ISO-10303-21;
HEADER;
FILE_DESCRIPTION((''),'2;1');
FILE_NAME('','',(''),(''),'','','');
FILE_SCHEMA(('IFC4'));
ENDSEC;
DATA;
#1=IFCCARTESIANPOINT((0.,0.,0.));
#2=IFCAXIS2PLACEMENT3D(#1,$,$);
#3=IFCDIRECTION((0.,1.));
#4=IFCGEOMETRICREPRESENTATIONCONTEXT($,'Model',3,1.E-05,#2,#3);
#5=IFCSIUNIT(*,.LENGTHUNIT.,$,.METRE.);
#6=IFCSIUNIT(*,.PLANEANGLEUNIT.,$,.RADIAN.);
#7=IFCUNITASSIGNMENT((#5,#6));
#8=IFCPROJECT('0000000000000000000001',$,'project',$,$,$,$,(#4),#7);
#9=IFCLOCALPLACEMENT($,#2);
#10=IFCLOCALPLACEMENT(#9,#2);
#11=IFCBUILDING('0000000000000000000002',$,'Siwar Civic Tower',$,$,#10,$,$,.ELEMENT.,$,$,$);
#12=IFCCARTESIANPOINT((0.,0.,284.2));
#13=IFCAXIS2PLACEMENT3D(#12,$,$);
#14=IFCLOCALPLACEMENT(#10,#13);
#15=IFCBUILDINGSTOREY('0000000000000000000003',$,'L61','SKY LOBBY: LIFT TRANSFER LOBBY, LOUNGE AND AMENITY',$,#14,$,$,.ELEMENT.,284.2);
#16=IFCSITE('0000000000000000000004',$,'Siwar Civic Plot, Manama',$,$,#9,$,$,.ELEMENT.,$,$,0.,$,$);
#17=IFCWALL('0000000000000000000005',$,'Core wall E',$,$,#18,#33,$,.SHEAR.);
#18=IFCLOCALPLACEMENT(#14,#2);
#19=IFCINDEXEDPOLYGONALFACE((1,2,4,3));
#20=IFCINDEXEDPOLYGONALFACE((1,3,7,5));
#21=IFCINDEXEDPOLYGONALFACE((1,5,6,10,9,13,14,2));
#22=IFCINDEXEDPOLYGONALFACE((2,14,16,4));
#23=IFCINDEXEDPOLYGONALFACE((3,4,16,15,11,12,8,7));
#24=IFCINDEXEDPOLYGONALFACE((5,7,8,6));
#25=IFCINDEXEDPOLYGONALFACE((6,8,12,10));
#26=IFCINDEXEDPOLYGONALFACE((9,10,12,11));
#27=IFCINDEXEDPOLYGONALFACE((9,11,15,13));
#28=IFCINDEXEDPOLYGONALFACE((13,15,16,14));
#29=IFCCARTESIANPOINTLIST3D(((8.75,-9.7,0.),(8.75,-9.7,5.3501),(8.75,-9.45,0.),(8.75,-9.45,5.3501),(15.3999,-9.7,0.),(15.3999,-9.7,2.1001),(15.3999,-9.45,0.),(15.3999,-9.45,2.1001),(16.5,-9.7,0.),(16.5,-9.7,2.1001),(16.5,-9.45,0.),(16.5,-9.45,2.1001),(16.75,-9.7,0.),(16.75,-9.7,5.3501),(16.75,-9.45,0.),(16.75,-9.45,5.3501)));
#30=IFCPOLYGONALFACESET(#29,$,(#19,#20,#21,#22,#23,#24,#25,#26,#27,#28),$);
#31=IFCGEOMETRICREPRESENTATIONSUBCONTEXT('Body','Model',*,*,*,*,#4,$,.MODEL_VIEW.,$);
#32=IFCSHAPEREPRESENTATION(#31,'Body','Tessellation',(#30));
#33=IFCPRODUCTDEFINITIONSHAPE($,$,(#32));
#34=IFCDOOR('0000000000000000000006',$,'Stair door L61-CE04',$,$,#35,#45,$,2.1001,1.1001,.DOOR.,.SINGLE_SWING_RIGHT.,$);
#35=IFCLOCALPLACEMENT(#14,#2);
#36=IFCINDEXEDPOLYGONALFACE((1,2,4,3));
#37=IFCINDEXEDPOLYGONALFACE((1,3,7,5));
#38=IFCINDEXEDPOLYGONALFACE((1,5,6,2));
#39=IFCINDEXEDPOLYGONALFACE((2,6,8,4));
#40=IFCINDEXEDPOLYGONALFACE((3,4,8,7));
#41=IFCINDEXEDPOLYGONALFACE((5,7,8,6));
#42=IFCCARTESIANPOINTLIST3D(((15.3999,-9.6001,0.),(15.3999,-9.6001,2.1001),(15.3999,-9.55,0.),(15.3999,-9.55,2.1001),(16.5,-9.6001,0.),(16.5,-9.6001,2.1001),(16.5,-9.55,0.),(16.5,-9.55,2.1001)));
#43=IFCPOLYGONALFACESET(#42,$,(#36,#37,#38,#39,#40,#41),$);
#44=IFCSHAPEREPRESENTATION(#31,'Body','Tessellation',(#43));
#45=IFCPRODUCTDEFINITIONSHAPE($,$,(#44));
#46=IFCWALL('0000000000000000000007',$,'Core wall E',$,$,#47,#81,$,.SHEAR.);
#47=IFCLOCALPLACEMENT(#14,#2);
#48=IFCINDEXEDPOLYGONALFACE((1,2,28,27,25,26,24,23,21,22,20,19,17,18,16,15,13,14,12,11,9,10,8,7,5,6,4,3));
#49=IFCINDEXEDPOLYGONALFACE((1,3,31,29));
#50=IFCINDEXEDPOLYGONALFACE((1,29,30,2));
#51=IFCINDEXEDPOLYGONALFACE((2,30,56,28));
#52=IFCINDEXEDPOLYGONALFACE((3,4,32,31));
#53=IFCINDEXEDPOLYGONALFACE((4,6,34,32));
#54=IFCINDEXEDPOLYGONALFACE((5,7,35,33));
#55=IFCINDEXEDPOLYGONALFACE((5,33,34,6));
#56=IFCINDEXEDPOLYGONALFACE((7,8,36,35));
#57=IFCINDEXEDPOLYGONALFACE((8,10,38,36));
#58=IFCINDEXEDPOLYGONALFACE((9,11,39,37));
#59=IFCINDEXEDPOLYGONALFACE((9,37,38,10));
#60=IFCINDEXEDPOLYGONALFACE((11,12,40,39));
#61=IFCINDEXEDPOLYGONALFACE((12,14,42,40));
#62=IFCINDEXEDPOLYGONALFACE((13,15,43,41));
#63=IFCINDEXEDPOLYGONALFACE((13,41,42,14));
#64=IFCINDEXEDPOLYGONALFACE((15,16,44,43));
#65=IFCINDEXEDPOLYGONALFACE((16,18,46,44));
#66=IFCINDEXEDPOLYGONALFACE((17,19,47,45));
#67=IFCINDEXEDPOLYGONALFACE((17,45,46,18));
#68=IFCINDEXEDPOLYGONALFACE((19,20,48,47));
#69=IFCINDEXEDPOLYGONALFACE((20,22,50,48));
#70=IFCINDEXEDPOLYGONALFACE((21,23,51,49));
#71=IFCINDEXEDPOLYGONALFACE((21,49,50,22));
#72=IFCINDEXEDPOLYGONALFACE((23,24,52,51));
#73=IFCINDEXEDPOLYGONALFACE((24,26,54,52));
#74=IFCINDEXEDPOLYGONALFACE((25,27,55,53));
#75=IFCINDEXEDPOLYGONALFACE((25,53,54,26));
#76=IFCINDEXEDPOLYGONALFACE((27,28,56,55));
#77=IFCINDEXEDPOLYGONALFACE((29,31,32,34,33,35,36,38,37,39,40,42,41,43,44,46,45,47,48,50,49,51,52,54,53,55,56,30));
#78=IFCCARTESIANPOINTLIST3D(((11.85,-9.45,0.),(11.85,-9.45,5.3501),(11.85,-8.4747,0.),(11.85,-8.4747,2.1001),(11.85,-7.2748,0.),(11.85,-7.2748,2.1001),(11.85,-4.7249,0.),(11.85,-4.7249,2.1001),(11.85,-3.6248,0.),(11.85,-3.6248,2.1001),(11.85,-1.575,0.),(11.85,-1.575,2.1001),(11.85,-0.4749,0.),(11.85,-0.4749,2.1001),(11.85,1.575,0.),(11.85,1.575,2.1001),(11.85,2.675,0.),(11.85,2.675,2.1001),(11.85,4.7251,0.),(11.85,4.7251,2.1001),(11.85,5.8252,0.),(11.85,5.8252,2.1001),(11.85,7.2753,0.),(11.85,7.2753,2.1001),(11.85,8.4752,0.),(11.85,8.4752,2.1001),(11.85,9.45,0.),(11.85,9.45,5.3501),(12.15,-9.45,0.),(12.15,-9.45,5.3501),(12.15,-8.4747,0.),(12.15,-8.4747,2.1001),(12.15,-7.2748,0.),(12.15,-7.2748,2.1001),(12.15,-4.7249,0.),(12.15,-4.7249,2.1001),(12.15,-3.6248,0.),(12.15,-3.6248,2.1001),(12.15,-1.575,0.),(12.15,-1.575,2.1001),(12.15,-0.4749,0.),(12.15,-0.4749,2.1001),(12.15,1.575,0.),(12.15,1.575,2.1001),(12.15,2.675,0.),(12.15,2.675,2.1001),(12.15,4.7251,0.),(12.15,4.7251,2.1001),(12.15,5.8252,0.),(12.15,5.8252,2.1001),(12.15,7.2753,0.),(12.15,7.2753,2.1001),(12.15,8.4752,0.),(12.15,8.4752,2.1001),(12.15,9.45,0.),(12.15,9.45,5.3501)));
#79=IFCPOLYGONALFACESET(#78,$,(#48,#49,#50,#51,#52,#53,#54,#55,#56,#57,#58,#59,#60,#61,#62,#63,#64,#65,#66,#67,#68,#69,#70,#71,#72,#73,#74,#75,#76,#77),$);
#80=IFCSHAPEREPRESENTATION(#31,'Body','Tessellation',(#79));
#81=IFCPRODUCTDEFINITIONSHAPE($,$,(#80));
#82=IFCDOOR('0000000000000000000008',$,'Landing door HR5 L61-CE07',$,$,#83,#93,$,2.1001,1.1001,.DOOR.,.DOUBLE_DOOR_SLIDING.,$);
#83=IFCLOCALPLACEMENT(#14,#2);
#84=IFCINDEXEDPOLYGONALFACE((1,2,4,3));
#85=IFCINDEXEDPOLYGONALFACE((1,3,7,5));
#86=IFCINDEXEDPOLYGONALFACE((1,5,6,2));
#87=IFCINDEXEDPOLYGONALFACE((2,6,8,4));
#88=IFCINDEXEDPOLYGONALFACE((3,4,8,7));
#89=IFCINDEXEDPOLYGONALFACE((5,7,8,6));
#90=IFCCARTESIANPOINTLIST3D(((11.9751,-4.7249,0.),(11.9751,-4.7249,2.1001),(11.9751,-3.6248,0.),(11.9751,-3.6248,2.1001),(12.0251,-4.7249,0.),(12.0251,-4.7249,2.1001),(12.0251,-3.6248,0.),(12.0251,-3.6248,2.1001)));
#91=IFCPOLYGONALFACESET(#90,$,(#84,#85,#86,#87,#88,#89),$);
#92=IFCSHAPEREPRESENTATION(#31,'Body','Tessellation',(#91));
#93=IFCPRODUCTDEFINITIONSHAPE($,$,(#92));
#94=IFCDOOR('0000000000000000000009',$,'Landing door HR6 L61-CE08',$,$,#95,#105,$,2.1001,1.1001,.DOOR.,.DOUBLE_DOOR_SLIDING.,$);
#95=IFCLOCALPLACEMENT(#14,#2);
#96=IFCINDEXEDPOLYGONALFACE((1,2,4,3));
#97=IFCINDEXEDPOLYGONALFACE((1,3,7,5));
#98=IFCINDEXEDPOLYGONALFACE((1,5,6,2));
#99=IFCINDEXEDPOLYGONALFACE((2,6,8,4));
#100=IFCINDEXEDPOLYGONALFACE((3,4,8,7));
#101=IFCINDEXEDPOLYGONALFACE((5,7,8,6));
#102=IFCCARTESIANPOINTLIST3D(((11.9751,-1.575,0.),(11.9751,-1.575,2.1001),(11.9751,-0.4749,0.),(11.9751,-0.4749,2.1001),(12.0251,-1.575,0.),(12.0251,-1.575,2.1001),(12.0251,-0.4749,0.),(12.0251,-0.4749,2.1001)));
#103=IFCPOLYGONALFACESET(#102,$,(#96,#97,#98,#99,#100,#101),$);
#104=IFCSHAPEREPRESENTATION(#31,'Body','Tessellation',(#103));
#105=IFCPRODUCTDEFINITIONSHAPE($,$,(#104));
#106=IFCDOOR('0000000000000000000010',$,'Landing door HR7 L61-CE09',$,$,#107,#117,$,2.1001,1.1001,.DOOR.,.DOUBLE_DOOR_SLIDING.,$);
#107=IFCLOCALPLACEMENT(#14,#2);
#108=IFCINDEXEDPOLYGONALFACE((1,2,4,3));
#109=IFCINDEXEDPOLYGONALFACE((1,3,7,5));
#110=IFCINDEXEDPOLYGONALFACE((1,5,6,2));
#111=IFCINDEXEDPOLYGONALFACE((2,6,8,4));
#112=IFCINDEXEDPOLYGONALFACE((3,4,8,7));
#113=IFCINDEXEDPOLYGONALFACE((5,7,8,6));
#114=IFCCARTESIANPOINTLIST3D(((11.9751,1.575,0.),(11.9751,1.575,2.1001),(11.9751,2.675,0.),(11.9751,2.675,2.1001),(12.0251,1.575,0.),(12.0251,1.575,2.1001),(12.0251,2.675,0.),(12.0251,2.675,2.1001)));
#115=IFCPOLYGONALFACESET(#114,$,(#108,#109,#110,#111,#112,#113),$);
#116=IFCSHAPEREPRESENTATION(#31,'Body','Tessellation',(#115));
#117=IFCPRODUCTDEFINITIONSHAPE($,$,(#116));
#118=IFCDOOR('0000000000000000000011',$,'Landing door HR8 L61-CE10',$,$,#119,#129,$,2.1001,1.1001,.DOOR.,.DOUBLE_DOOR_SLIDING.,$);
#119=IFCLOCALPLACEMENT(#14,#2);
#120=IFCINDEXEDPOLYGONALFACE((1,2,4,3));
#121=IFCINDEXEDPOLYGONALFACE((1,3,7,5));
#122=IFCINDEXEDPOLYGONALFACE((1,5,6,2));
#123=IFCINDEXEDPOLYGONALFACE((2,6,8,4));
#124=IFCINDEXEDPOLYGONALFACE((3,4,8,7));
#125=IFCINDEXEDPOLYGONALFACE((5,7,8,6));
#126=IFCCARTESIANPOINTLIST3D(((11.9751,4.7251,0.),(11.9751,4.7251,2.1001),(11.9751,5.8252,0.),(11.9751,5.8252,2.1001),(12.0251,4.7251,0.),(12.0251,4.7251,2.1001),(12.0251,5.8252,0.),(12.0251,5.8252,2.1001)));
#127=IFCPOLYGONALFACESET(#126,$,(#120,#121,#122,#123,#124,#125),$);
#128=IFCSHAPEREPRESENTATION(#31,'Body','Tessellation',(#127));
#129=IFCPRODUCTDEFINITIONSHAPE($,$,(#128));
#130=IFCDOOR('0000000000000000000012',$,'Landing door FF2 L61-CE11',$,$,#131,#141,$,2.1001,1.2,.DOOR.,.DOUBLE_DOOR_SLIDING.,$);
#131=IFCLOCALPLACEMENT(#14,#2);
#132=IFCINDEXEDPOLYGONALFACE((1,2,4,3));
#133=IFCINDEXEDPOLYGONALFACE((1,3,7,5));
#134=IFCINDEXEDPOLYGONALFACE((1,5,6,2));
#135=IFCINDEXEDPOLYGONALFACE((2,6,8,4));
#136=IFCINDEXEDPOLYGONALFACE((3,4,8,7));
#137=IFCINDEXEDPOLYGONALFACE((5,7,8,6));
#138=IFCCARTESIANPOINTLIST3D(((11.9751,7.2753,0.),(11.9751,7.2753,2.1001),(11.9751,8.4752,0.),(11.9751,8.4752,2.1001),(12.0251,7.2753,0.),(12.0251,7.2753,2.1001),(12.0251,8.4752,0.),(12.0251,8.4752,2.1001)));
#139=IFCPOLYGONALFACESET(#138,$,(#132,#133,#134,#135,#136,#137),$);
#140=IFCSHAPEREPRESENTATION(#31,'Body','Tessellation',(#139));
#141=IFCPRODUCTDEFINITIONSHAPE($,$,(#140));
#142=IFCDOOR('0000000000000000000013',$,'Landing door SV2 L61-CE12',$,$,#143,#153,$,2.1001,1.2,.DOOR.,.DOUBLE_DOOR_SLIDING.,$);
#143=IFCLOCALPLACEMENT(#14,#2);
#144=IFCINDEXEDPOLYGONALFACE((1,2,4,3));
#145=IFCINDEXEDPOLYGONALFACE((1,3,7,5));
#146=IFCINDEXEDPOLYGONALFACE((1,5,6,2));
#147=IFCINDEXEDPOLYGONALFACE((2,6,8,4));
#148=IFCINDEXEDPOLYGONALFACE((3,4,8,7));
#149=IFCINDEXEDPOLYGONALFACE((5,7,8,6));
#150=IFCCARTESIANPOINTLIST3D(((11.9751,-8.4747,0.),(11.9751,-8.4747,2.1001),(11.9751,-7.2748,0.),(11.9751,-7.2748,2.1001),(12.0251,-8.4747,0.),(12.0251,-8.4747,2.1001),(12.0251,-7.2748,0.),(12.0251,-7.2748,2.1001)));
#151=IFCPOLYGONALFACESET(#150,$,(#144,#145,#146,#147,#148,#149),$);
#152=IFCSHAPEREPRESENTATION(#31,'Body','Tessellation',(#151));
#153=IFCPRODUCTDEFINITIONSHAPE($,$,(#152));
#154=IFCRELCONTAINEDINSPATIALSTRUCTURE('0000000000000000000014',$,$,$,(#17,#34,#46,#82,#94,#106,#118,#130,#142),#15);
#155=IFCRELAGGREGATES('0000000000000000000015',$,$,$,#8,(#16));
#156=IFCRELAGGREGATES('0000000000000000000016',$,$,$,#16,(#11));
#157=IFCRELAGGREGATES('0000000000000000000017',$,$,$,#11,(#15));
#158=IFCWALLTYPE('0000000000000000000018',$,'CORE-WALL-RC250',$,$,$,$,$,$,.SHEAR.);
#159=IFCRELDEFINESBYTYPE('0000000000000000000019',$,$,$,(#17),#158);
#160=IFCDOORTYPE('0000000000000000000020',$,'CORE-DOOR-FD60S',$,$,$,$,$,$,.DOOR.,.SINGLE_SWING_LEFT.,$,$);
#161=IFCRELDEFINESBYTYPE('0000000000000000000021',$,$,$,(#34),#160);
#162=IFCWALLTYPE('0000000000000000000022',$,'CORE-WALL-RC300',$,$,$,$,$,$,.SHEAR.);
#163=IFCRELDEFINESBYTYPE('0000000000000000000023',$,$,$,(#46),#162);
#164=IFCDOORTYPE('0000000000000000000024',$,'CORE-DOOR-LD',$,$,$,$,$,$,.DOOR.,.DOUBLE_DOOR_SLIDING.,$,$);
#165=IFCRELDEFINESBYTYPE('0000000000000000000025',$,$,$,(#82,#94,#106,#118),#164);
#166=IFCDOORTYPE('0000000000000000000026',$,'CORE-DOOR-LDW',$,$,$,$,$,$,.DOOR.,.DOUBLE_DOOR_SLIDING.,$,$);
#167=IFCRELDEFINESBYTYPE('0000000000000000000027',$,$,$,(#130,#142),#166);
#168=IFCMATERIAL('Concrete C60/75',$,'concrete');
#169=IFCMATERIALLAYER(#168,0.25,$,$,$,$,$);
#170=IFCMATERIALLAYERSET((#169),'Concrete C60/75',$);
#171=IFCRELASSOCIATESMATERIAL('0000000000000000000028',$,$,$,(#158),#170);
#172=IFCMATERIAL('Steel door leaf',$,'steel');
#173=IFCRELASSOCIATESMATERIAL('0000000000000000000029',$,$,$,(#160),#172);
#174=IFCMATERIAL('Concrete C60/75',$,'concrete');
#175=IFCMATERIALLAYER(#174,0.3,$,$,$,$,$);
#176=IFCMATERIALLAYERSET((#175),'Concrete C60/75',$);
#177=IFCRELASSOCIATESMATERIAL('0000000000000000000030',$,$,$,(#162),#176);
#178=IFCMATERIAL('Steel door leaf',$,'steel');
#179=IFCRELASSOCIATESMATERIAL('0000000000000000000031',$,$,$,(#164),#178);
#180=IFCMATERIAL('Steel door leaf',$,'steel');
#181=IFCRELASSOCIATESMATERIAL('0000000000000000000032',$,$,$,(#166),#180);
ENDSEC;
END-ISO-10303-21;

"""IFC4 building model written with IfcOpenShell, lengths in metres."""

from ifc_helpers import new_model, si_unit, direction, frame, frame_2d, origin, place, context, subcontext, project, spatial, rectangle, extrude, material, layer, layer_set, type_object, element, fill, save


model = new_model("IFC4")

# Units and contexts
model_context = context("Model", 3, precision=1e-05, world=origin(), true_north=direction((0.0, 1.0)))
body_context = subcontext(model_context, "Body", "Model", "MODEL_VIEW")
ifc_project = project(units=[si_unit("LENGTHUNIT", "METRE"), si_unit("PLANEANGLEUNIT", "RADIAN")], contexts=[model_context])

# Site, building, storey
site_placement = place(None, origin())
site = spatial("IfcSite", under=ifc_project, at=site_placement, Name="Siwar Civic Plot, Manama", CompositionType="ELEMENT", RefElevation=0.0)
building_placement = place(site_placement, origin())
building = spatial("IfcBuilding", under=site, at=building_placement, Name="Siwar Civic Tower", CompositionType="ELEMENT")
storey_placement = place(building_placement, frame((0.0, 0.0, 284.2)))
storey = spatial("IfcBuildingStorey", under=building, at=storey_placement, Name="L61", Description="SKY LOBBY: LIFT TRANSFER LOBBY, LOUNGE AND AMENITY", CompositionType="ELEMENT", Elevation=284.2)

# Shared definitions
ifc_material_1 = material(Name="Concrete C60/75", Category="concrete")
ifc_layer_1 = layer(ifc_material_1, 0.25)
ifc_layer_set_1 = layer_set([ifc_layer_1], Name="Concrete C60/75")
wall_type_1 = type_object("IfcWallType", Name="CORE-WALL-RC250", PredefinedType="SHEAR", material=ifc_layer_set_1)

# Wall, opening, door
wall_1_placement = place(storey_placement, frame((8.75, -9.575, 0.0), z_axis=(0.0, 0.0, 1.0), x_axis=(1.0, 0.0, 0.0)))
wall_1 = element("IfcWall", 1, at=wall_1_placement, inside=storey, type_object=wall_type_1, Name="Core wall E", PredefinedType="SHEAR", context=body_context, shape_type="SweptSolid", body=[
    extrude(rectangle(XDim=8.0, YDim=0.25, at=frame_2d((4.0, 0.0))), origin(), (0.0, 0.0, 1.0), 5.3501),
])
opening_1_placement = place(wall_1_placement, frame((6.6499, 0.0, 0.0)))
opening_1 = element("IfcOpeningElement", 2, at=opening_1_placement, cuts=wall_1, PredefinedType="OPENING", context=body_context, shape_type="SweptSolid", body=[
    extrude(rectangle(XDim=1.1001, YDim=2.1001, at=frame_2d((0.55, 1.05))), frame((0.0, 0.135, 0.0), z_axis=(0.0, -1.0, 0.0), x_axis=(1.0, 0.0, 0.0)), (0.0, 0.0, 1.0), 0.27),
])
ifc_material_2 = material(Name="Steel door leaf", Category="steel")
door_type_1 = type_object("IfcDoorType", Name="CORE-DOOR-FD60S", OperationType="SINGLE_SWING_LEFT", PredefinedType="DOOR", material=ifc_material_2)
door_1_placement = place(opening_1_placement, origin())
door_1 = element("IfcDoor", 3, at=door_1_placement, inside=storey, type_object=door_type_1, Name="Stair door L61-CE04", OperationType="SINGLE_SWING_RIGHT", OverallHeight=2.1001, OverallWidth=1.1001, PredefinedType="DOOR", context=body_context, shape_type="SweptSolid", body=[
    extrude(rectangle(XDim=1.1001, YDim=2.1001, at=frame_2d((0.55, 1.05))), frame((0.0, 0.0249, 0.0), z_axis=(0.0, -1.0, 0.0), x_axis=(1.0, 0.0, 0.0)), (0.0, 0.0, 1.0), 0.05),
])
fill(opening_1, door_1)

# Wall, openings, doors
ifc_material_3 = material(Name="Concrete C60/75", Category="concrete")
ifc_layer_2 = layer(ifc_material_3, 0.3)
ifc_layer_set_2 = layer_set([ifc_layer_2], Name="Concrete C60/75")
wall_type_2 = type_object("IfcWallType", Name="CORE-WALL-RC300", PredefinedType="SHEAR", material=ifc_layer_set_2)
wall_2_placement = place(storey_placement, frame((12.0, -9.45, 0.0), z_axis=(0.0, 0.0, 1.0), x_axis=(0.0, 1.0, 0.0)))
wall_2 = element("IfcWall", 4, at=wall_2_placement, inside=storey, type_object=wall_type_2, Name="Core wall E", PredefinedType="SHEAR", context=body_context, shape_type="SweptSolid", body=[
    extrude(rectangle(XDim=18.8999, YDim=0.3, at=frame_2d((9.45, 0.0))), origin(), (0.0, 0.0, 1.0), 5.3501),
])
opening_2_placement = place(wall_2_placement, frame((4.7251, 0.0, 0.0)))
opening_2 = element("IfcOpeningElement", 5, at=opening_2_placement, cuts=wall_2, PredefinedType="OPENING", context=body_context, shape_type="SweptSolid", body=[
    extrude(rectangle(XDim=1.1001, YDim=2.1001, at=frame_2d((0.55, 1.05))), frame((0.0, 0.1602, 0.0), z_axis=(0.0, -1.0, 0.0), x_axis=(1.0, 0.0, 0.0)), (0.0, 0.0, 1.0), 0.3201),
])
opening_3_placement = place(wall_2_placement, frame((7.875, 0.0, 0.0)))
opening_3 = element("IfcOpeningElement", 6, at=opening_3_placement, cuts=wall_2, PredefinedType="OPENING", context=body_context, shape_type="SweptSolid", body=[
    extrude(rectangle(XDim=1.1001, YDim=2.1001, at=frame_2d((0.55, 1.05))), frame((0.0, 0.1602, 0.0), z_axis=(0.0, -1.0, 0.0), x_axis=(1.0, 0.0, 0.0)), (0.0, 0.0, 1.0), 0.3201),
])
opening_4_placement = place(wall_2_placement, frame((11.0249, 0.0, 0.0)))
opening_4 = element("IfcOpeningElement", 7, at=opening_4_placement, cuts=wall_2, PredefinedType="OPENING", context=body_context, shape_type="SweptSolid", body=[
    extrude(rectangle(XDim=1.1001, YDim=2.1001, at=frame_2d((0.55, 1.05))), frame((0.0, 0.1602, 0.0), z_axis=(0.0, -1.0, 0.0), x_axis=(1.0, 0.0, 0.0)), (0.0, 0.0, 1.0), 0.3201),
])
opening_5_placement = place(wall_2_placement, frame((14.175, 0.0, 0.0)))
opening_5 = element("IfcOpeningElement", 8, at=opening_5_placement, cuts=wall_2, PredefinedType="OPENING", context=body_context, shape_type="SweptSolid", body=[
    extrude(rectangle(XDim=1.1001, YDim=2.1001, at=frame_2d((0.55, 1.05))), frame((0.0, 0.1602, 0.0), z_axis=(0.0, -1.0, 0.0), x_axis=(1.0, 0.0, 0.0)), (0.0, 0.0, 1.0), 0.3201),
])
opening_6_placement = place(wall_2_placement, frame((16.7251, 0.0, 0.0)))
opening_6 = element("IfcOpeningElement", 9, at=opening_6_placement, cuts=wall_2, PredefinedType="OPENING", context=body_context, shape_type="SweptSolid", body=[
    extrude(rectangle(XDim=1.2, YDim=2.1001, at=frame_2d((0.6001, 1.05))), frame((0.0, 0.1602, 0.0), z_axis=(0.0, -1.0, 0.0), x_axis=(1.0, 0.0, 0.0)), (0.0, 0.0, 1.0), 0.3201),
])
opening_7_placement = place(wall_2_placement, frame((0.9751, 0.0, 0.0)))
opening_7 = element("IfcOpeningElement", 10, at=opening_7_placement, cuts=wall_2, PredefinedType="OPENING", context=body_context, shape_type="SweptSolid", body=[
    extrude(rectangle(XDim=1.2, YDim=2.1001, at=frame_2d((0.6001, 1.05))), frame((0.0, 0.1602, 0.0), z_axis=(0.0, -1.0, 0.0), x_axis=(1.0, 0.0, 0.0)), (0.0, 0.0, 1.0), 0.3201),
])
ifc_material_4 = material(Name="Steel door leaf", Category="steel")
door_type_2 = type_object("IfcDoorType", Name="CORE-DOOR-LD", OperationType="DOUBLE_DOOR_SLIDING", PredefinedType="DOOR", material=ifc_material_4)
door_2_placement = place(opening_2_placement, origin())
door_2 = element("IfcDoor", 11, at=door_2_placement, inside=storey, type_object=door_type_2, Name="Landing door HR5 L61-CE07", OperationType="DOUBLE_DOOR_SLIDING", OverallHeight=2.1001, OverallWidth=1.1001, PredefinedType="DOOR", context=body_context, shape_type="SweptSolid", body=[
    extrude(rectangle(XDim=1.1001, YDim=2.1001, at=frame_2d((0.55, 1.05))), frame((0.0, 0.0249, 0.0), z_axis=(0.0, -1.0, 0.0), x_axis=(1.0, 0.0, 0.0)), (0.0, 0.0, 1.0), 0.05),
])
fill(opening_2, door_2)
door_3_placement = place(opening_3_placement, origin())
door_3 = element("IfcDoor", 12, at=door_3_placement, inside=storey, type_object=door_type_2, Name="Landing door HR6 L61-CE08", OperationType="DOUBLE_DOOR_SLIDING", OverallHeight=2.1001, OverallWidth=1.1001, PredefinedType="DOOR", context=body_context, shape_type="SweptSolid", body=[
    extrude(rectangle(XDim=1.1001, YDim=2.1001, at=frame_2d((0.55, 1.05))), frame((0.0, 0.0249, 0.0), z_axis=(0.0, -1.0, 0.0), x_axis=(1.0, 0.0, 0.0)), (0.0, 0.0, 1.0), 0.05),
])
fill(opening_3, door_3)
door_4_placement = place(opening_4_placement, origin())
door_4 = element("IfcDoor", 13, at=door_4_placement, inside=storey, type_object=door_type_2, Name="Landing door HR7 L61-CE09", OperationType="DOUBLE_DOOR_SLIDING", OverallHeight=2.1001, OverallWidth=1.1001, PredefinedType="DOOR", context=body_context, shape_type="SweptSolid", body=[
    extrude(rectangle(XDim=1.1001, YDim=2.1001, at=frame_2d((0.55, 1.05))), frame((0.0, 0.0249, 0.0), z_axis=(0.0, -1.0, 0.0), x_axis=(1.0, 0.0, 0.0)), (0.0, 0.0, 1.0), 0.05),
])
fill(opening_4, door_4)
door_5_placement = place(opening_5_placement, origin())
door_5 = element("IfcDoor", 14, at=door_5_placement, inside=storey, type_object=door_type_2, Name="Landing door HR8 L61-CE10", OperationType="DOUBLE_DOOR_SLIDING", OverallHeight=2.1001, OverallWidth=1.1001, PredefinedType="DOOR", context=body_context, shape_type="SweptSolid", body=[
    extrude(rectangle(XDim=1.1001, YDim=2.1001, at=frame_2d((0.55, 1.05))), frame((0.0, 0.0249, 0.0), z_axis=(0.0, -1.0, 0.0), x_axis=(1.0, 0.0, 0.0)), (0.0, 0.0, 1.0), 0.05),
])
fill(opening_5, door_5)
ifc_material_5 = material(Name="Steel door leaf", Category="steel")
door_type_3 = type_object("IfcDoorType", Name="CORE-DOOR-LDW", OperationType="DOUBLE_DOOR_SLIDING", PredefinedType="DOOR", material=ifc_material_5)
door_6_placement = place(opening_6_placement, origin())
door_6 = element("IfcDoor", 15, at=door_6_placement, inside=storey, type_object=door_type_3, Name="Landing door FF2 L61-CE11", OperationType="DOUBLE_DOOR_SLIDING", OverallHeight=2.1001, OverallWidth=1.2, PredefinedType="DOOR", context=body_context, shape_type="SweptSolid", body=[
    extrude(rectangle(XDim=1.2, YDim=2.1001, at=frame_2d((0.6001, 1.05))), frame((0.0, 0.0249, 0.0), z_axis=(0.0, -1.0, 0.0), x_axis=(1.0, 0.0, 0.0)), (0.0, 0.0, 1.0), 0.05),
])
fill(opening_6, door_6)
door_7_placement = place(opening_7_placement, origin())
door_7 = element("IfcDoor", 16, at=door_7_placement, inside=storey, type_object=door_type_3, Name="Landing door SV2 L61-CE12", OperationType="DOUBLE_DOOR_SLIDING", OverallHeight=2.1001, OverallWidth=1.2, PredefinedType="DOOR", context=body_context, shape_type="SweptSolid", body=[
    extrude(rectangle(XDim=1.2, YDim=2.1001, at=frame_2d((0.6001, 1.05))), frame((0.0, 0.0249, 0.0), z_axis=(0.0, -1.0, 0.0), x_axis=(1.0, 0.0, 0.0)), (0.0, 0.0, 1.0), 0.05),
])
fill(opening_7, door_7)

save(model, "model.ifc")
